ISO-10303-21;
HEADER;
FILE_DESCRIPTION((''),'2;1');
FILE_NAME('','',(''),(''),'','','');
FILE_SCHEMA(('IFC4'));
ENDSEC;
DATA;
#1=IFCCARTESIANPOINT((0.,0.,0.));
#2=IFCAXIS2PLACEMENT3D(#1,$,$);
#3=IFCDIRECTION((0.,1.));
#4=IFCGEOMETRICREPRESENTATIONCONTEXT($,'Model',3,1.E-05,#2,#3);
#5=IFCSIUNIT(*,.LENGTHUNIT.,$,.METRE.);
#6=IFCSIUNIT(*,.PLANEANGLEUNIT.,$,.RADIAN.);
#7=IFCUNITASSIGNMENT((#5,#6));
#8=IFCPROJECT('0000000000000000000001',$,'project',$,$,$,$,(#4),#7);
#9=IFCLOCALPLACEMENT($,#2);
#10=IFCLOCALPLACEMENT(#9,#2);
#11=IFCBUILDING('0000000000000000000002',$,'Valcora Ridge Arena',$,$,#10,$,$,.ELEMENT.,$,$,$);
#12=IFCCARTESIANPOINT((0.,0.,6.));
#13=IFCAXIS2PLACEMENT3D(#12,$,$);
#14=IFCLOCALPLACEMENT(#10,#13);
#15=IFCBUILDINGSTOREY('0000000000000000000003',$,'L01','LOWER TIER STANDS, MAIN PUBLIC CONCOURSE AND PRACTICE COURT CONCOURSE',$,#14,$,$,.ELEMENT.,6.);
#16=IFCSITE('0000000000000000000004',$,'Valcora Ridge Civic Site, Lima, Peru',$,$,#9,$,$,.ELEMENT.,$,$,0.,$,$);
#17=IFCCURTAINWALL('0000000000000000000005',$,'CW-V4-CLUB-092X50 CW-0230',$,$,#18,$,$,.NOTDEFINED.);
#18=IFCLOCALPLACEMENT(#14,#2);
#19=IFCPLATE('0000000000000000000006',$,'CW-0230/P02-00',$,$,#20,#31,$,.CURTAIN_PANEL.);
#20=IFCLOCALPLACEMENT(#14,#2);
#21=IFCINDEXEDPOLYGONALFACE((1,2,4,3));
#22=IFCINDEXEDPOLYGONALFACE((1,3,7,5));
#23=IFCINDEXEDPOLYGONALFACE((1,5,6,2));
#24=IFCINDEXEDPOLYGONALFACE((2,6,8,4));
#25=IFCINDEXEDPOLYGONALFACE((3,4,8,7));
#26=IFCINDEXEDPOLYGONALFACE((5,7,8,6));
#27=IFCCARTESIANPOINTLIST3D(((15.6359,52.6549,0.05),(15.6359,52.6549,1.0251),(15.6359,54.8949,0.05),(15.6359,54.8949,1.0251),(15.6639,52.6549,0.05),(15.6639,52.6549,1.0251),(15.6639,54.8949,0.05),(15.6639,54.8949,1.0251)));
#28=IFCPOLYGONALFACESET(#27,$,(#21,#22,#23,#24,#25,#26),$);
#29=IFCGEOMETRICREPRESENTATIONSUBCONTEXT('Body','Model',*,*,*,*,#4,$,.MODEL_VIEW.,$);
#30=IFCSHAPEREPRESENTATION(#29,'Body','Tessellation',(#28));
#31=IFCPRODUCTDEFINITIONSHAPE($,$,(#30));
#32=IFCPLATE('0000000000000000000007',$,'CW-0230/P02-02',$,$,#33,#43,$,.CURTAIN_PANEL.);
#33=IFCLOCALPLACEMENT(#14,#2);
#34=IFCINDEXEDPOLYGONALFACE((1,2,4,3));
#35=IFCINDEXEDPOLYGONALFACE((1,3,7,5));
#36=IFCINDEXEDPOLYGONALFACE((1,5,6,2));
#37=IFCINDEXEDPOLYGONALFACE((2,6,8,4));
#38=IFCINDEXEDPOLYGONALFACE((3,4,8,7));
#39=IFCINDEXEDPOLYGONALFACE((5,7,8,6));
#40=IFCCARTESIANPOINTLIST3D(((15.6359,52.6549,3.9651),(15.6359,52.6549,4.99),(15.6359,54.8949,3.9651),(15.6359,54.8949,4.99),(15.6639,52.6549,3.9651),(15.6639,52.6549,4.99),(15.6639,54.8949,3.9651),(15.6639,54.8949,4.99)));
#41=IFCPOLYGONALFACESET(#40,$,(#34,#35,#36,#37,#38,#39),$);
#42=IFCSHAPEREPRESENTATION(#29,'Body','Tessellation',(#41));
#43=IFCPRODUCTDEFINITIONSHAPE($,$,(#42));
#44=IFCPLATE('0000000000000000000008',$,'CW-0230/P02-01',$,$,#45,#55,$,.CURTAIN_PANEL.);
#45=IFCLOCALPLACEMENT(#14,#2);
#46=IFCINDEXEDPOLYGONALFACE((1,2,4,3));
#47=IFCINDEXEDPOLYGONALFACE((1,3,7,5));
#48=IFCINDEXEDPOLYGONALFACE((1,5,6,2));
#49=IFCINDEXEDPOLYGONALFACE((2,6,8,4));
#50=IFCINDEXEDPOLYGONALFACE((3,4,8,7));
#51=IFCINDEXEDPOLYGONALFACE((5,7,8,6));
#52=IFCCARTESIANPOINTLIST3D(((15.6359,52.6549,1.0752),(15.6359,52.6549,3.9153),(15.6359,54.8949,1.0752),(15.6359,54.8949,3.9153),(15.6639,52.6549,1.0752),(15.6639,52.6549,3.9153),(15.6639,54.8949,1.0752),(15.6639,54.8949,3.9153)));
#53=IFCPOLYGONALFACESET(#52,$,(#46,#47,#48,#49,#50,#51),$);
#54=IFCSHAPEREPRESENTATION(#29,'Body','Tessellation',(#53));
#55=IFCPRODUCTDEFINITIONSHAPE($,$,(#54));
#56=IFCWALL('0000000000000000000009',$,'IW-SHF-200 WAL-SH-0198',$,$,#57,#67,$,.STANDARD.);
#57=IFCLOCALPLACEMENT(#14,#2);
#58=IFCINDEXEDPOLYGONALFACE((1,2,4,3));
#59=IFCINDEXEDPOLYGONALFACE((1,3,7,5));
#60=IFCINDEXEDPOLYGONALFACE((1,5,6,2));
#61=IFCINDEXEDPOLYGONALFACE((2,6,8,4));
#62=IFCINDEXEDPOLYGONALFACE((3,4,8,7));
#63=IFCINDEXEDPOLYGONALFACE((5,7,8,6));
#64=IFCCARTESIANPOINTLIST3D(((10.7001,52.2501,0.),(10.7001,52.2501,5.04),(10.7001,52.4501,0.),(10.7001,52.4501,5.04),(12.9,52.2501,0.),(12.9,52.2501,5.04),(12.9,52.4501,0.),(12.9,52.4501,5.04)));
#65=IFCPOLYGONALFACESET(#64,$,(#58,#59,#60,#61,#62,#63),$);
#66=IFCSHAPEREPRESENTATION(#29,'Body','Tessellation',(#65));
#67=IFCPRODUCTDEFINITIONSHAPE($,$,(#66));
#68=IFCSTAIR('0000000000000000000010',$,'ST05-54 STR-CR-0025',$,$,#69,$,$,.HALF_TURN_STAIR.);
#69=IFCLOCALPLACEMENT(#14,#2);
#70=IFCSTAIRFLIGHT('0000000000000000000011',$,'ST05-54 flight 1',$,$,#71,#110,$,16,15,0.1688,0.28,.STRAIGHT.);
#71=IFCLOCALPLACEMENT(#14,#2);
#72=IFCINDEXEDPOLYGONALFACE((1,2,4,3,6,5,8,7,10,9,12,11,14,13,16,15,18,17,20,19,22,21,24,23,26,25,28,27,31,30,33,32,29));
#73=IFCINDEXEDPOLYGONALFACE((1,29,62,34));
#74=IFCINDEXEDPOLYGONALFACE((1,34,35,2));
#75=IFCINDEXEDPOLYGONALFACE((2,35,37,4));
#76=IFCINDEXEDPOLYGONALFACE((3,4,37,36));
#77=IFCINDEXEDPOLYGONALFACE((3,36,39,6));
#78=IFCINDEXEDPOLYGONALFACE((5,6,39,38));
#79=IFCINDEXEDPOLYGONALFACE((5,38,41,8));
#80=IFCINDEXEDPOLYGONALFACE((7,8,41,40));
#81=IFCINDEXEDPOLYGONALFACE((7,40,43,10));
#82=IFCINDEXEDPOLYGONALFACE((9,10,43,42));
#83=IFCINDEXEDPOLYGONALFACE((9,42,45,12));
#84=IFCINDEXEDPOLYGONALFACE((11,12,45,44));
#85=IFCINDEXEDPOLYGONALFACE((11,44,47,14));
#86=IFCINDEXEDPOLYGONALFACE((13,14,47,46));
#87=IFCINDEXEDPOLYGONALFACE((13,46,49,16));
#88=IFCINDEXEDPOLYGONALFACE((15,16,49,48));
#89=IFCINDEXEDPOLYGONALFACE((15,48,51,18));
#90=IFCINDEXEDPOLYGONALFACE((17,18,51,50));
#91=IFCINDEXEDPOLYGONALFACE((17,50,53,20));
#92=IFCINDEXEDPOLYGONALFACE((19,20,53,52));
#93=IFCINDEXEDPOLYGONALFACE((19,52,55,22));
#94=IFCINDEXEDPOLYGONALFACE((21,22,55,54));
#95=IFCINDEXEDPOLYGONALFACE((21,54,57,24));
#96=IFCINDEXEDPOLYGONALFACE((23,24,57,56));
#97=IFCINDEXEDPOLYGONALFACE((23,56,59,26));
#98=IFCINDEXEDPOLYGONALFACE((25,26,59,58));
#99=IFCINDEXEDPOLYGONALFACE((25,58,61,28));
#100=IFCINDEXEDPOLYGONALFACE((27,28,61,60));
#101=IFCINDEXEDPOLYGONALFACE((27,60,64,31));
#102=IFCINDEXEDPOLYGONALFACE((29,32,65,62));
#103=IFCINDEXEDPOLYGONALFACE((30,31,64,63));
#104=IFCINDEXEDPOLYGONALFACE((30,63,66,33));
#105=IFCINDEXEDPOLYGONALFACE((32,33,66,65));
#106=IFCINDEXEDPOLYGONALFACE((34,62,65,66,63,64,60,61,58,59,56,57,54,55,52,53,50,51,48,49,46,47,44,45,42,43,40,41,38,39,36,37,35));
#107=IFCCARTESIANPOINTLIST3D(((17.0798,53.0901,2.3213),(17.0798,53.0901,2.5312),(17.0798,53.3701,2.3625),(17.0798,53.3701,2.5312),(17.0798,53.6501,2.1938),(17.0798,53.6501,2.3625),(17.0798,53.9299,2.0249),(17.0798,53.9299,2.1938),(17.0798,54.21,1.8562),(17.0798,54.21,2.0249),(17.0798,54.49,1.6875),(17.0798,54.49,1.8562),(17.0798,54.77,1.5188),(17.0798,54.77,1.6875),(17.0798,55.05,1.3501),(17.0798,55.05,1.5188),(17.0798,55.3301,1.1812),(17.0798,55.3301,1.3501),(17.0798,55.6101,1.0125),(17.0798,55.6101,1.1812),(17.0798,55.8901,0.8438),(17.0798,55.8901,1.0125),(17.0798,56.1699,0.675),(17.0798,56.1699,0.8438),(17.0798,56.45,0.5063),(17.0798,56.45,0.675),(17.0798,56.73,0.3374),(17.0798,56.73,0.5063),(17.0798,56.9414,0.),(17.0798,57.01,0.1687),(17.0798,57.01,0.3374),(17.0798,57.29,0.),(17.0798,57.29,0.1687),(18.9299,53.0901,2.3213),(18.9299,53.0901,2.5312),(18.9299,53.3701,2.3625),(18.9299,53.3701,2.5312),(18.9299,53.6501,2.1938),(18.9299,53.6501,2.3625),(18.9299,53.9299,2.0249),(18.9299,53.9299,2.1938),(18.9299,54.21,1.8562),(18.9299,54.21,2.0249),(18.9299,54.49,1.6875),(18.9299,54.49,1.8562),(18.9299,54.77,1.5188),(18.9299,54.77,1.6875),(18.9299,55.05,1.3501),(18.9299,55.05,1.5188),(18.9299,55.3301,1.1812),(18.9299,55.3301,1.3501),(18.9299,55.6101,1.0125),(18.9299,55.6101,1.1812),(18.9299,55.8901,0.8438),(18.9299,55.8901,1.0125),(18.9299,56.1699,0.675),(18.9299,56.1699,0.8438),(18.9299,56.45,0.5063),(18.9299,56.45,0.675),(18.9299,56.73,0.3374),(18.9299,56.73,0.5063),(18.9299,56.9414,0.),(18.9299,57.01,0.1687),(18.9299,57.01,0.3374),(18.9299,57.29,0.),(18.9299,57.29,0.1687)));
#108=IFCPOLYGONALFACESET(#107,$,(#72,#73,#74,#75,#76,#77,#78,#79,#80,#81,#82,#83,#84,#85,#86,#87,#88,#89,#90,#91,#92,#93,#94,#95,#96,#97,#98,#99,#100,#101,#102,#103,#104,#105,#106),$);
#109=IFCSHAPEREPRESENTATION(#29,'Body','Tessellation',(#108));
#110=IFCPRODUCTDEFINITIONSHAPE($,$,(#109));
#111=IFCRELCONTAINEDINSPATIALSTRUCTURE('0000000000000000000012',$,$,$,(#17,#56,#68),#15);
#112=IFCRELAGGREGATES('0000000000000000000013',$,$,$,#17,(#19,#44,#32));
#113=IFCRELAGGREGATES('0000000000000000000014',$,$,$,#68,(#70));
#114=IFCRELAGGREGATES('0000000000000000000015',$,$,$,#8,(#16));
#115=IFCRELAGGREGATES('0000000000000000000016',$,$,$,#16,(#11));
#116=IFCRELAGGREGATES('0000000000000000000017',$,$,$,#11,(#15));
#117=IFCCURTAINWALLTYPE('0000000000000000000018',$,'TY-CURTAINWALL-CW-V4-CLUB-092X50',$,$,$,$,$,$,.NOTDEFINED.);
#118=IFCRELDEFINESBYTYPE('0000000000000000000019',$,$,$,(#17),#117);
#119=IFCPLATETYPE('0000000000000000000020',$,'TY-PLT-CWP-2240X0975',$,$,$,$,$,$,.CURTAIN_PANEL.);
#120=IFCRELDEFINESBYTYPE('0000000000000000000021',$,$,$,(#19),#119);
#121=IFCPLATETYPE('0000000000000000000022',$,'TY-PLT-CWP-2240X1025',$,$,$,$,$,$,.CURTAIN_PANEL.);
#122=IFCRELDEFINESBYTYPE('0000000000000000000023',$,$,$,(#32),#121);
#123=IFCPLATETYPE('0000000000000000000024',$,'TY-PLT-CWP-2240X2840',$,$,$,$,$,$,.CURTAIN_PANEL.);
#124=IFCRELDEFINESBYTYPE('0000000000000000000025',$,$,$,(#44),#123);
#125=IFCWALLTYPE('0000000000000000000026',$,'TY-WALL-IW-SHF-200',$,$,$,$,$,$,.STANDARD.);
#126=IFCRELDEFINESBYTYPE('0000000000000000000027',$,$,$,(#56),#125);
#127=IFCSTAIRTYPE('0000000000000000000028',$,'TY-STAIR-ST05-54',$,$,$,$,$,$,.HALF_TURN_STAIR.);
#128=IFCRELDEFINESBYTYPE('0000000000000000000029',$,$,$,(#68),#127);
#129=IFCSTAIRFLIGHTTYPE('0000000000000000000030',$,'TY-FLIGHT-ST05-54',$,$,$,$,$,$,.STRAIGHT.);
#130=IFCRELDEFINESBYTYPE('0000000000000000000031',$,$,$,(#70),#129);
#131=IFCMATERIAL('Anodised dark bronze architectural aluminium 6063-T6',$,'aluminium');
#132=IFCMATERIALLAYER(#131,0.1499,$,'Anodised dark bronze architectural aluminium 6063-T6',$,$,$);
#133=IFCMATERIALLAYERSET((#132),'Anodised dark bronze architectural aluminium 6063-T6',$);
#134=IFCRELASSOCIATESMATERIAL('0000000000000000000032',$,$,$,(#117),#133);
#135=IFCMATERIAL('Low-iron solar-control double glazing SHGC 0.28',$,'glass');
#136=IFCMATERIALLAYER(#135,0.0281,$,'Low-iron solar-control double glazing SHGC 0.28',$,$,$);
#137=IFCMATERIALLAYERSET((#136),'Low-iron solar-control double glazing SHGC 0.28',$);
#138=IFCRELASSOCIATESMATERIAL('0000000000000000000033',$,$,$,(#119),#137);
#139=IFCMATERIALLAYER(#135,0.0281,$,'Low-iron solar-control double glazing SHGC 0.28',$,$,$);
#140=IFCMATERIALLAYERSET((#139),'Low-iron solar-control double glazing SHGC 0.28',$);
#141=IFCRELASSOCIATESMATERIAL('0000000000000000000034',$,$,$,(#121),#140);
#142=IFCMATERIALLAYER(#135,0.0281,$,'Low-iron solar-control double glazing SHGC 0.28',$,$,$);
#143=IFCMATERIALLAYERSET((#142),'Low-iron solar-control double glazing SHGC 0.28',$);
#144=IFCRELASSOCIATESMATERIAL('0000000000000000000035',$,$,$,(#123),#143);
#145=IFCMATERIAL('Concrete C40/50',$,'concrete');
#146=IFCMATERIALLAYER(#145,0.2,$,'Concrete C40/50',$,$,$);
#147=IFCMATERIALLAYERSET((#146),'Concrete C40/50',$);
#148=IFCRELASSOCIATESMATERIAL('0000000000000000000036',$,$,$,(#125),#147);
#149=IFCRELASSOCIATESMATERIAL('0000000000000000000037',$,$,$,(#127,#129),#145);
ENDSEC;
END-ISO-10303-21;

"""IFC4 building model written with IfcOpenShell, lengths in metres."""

from ifc_helpers import new_model, si_unit, direction, frame, frame_2d, origin, origin_2d, place, context, subcontext, project, spatial, polyline, rectangle, outline, extrude, material, layer, layer_set, type_object, element, aggregate, save


model = new_model("IFC4")

# Units and contexts
model_context = context("Model", 3, precision=1e-05, world=origin(), true_north=direction((0.0, 1.0)))
body_context = subcontext(model_context, "Body", "Model", "MODEL_VIEW")
ifc_project = project(units=[si_unit("LENGTHUNIT", "METRE"), si_unit("PLANEANGLEUNIT", "RADIAN")], contexts=[model_context])

# Site, building, storey
site_placement = place(None, origin())
site = spatial("IfcSite", under=ifc_project, at=site_placement, Name="Valcora Ridge Civic Site, Lima, Peru", CompositionType="ELEMENT", RefElevation=0.0)
building_placement = place(site_placement, origin())
building = spatial("IfcBuilding", under=site, at=building_placement, Name="Valcora Ridge Arena", CompositionType="ELEMENT")
storey_placement = place(building_placement, frame((0.0, 0.0, 6.0)))
storey = spatial("IfcBuildingStorey", under=building, at=storey_placement, Name="L01", Description="LOWER TIER STANDS, MAIN PUBLIC CONCOURSE AND PRACTICE COURT CONCOURSE", CompositionType="ELEMENT", Elevation=6.0)

# Curtain wall, plates
ifc_material_1 = material(Name="Anodised dark bronze architectural aluminium 6063-T6", Category="aluminium")
ifc_layer_1 = layer(ifc_material_1, 0.1499, Name="Anodised dark bronze architectural aluminium 6063-T6")
ifc_layer_set_1 = layer_set([ifc_layer_1], Name="Anodised dark bronze architectural aluminium 6063-T6")
curtain_wall_type = type_object("IfcCurtainWallType", Name="TY-CURTAINWALL-CW-V4-CLUB-092X50", PredefinedType="NOTDEFINED", material=ifc_layer_set_1)
curtain_wall_placement = place(storey_placement, origin())
curtain_wall = element("IfcCurtainWall", 1, at=curtain_wall_placement, inside=storey, type_object=curtain_wall_type, Name="CW-V4-CLUB-092X50 CW-0230", PredefinedType="NOTDEFINED")
ifc_material_2 = material(Name="Low-iron solar-control double glazing SHGC 0.28", Category="glass")
ifc_layer_2 = layer(ifc_material_2, 0.0281, Name="Low-iron solar-control double glazing SHGC 0.28")
ifc_layer_set_2 = layer_set([ifc_layer_2], Name="Low-iron solar-control double glazing SHGC 0.28")
plate_type_1 = type_object("IfcPlateType", Name="TY-PLT-CWP-2240X0975", PredefinedType="CURTAIN_PANEL", material=ifc_layer_set_2)
plate_1_placement = place(storey_placement, frame((15.6499, 53.7749, 0.05), z_axis=(0.0, 0.0, 1.0), x_axis=(0.0, 1.0, 0.0)))
plate_1 = element("IfcPlate", 2, at=plate_1_placement, type_object=plate_type_1, Name="CW-0230/P02-00", PredefinedType="CURTAIN_PANEL", context=body_context, shape_type="SweptSolid", body=[
    extrude(rectangle(XDim=2.24, YDim=0.0281, at=origin_2d()), origin(), (0.0, 0.0, 1.0), 0.9751),
])
ifc_layer_3 = layer(ifc_material_2, 0.0281, Name="Low-iron solar-control double glazing SHGC 0.28")
ifc_layer_set_3 = layer_set([ifc_layer_3], Name="Low-iron solar-control double glazing SHGC 0.28")
plate_type_2 = type_object("IfcPlateType", Name="TY-PLT-CWP-2240X1025", PredefinedType="CURTAIN_PANEL", material=ifc_layer_set_3)
plate_2_placement = place(storey_placement, frame((15.6499, 53.7749, 3.9651), z_axis=(0.0, 0.0, 1.0), x_axis=(0.0, 1.0, 0.0)))
plate_2 = element("IfcPlate", 3, at=plate_2_placement, type_object=plate_type_2, Name="CW-0230/P02-02", PredefinedType="CURTAIN_PANEL", context=body_context, shape_type="SweptSolid", body=[
    extrude(rectangle(XDim=2.24, YDim=0.0281, at=origin_2d()), origin(), (0.0, 0.0, 1.0), 1.0249),
])
ifc_layer_4 = layer(ifc_material_2, 0.0281, Name="Low-iron solar-control double glazing SHGC 0.28")
ifc_layer_set_4 = layer_set([ifc_layer_4], Name="Low-iron solar-control double glazing SHGC 0.28")
plate_type_3 = type_object("IfcPlateType", Name="TY-PLT-CWP-2240X2840", PredefinedType="CURTAIN_PANEL", material=ifc_layer_set_4)
plate_3_placement = place(storey_placement, frame((15.6499, 53.7749, 1.0752), z_axis=(0.0, 0.0, 1.0), x_axis=(0.0, 1.0, 0.0)))
plate_3 = element("IfcPlate", 4, at=plate_3_placement, type_object=plate_type_3, Name="CW-0230/P02-01", PredefinedType="CURTAIN_PANEL", context=body_context, shape_type="SweptSolid", body=[
    extrude(rectangle(XDim=2.24, YDim=0.0281, at=origin_2d()), origin(), (0.0, 0.0, 1.0), 2.8401),
])
aggregate(curtain_wall, [plate_1, plate_3, plate_2])

# Wall
ifc_material_3 = material(Name="Concrete C40/50", Category="concrete")
ifc_layer_5 = layer(ifc_material_3, 0.2, Name="Concrete C40/50")
ifc_layer_set_5 = layer_set([ifc_layer_5], Name="Concrete C40/50")
wall_type = type_object("IfcWallType", Name="TY-WALL-IW-SHF-200", PredefinedType="STANDARD", material=ifc_layer_set_5)
wall_placement = place(storey_placement, frame((10.7, 52.3501, 0.0), z_axis=(0.0, 0.0, 1.0), x_axis=(1.0, 0.0, 0.0)))
element("IfcWall", 5, at=wall_placement, inside=storey, type_object=wall_type, Name="IW-SHF-200 WAL-SH-0198", PredefinedType="STANDARD", context=body_context, shape_type="SweptSolid", body=[
    extrude(rectangle(XDim=2.2, YDim=0.2, at=frame_2d((1.1001, 0.0))), origin(), (0.0, 0.0, 1.0), 5.04),
])

# Stair, stair flight
stair_type = type_object("IfcStairType", Name="TY-STAIR-ST05-54", PredefinedType="HALF_TURN_STAIR", material=ifc_material_3)
stair_placement = place(storey_placement, origin())
stair = element("IfcStair", 6, at=stair_placement, inside=storey, type_object=stair_type, Name="ST05-54 STR-CR-0025", PredefinedType="HALF_TURN_STAIR")
stair_flight_type = type_object("IfcStairFlightType", Name="TY-FLIGHT-ST05-54", PredefinedType="STRAIGHT", material=ifc_material_3)
stair_flight_placement = place(storey_placement, frame((18.0049, 57.29, 0.0), z_axis=(0.0, 0.0, 1.0), x_axis=(0.0, -1.0, 0.0)))
stair_flight = element("IfcStairFlight", 7, at=stair_flight_placement, type_object=stair_flight_type, Name="ST05-54 flight 1", NumberOfRisers=16, NumberOfTreads=15, PredefinedType="STRAIGHT", RiserHeight=0.1688, TreadLength=0.28, context=body_context, shape_type="SweptSolid", body=[
    extrude(outline(polyline([(0.0, 0.0), (0.0, 0.1687), (0.28, 0.1687), (0.28, 0.3374), (0.5601, 0.3374), (0.5601, 0.5063), (0.8401, 0.5063), (0.8401, 0.675), (1.1201, 0.675), (1.1201, 0.8438), (1.3999, 0.8438), (1.3999, 1.0125), (1.6799, 1.0125), (1.6799, 1.1812), (1.96, 1.1812), (1.96, 1.3501), (2.24, 1.3501), (2.24, 1.5188), (2.52, 1.5188), (2.52, 1.6875), (2.8, 1.6875), (2.8, 1.8562), (3.0801, 1.8562), (3.0801, 2.0249), (3.3601, 2.0249), (3.3601, 2.1938), (3.6399, 2.1938), (3.6399, 2.3625), (3.9199, 2.3625), (3.9199, 2.5312), (4.2, 2.5312), (4.2, 2.7), (4.2, 2.3213), (0.3486, 0.0), (0.0, 0.0)])), frame((0.0, 0.925, 0.0), z_axis=(0.0, -1.0, 0.0), x_axis=(1.0, 0.0, 0.0)), (0.0, 0.0, 1.0), 1.8501),
])
aggregate(stair, [stair_flight])

save(model, "model.ifc")
